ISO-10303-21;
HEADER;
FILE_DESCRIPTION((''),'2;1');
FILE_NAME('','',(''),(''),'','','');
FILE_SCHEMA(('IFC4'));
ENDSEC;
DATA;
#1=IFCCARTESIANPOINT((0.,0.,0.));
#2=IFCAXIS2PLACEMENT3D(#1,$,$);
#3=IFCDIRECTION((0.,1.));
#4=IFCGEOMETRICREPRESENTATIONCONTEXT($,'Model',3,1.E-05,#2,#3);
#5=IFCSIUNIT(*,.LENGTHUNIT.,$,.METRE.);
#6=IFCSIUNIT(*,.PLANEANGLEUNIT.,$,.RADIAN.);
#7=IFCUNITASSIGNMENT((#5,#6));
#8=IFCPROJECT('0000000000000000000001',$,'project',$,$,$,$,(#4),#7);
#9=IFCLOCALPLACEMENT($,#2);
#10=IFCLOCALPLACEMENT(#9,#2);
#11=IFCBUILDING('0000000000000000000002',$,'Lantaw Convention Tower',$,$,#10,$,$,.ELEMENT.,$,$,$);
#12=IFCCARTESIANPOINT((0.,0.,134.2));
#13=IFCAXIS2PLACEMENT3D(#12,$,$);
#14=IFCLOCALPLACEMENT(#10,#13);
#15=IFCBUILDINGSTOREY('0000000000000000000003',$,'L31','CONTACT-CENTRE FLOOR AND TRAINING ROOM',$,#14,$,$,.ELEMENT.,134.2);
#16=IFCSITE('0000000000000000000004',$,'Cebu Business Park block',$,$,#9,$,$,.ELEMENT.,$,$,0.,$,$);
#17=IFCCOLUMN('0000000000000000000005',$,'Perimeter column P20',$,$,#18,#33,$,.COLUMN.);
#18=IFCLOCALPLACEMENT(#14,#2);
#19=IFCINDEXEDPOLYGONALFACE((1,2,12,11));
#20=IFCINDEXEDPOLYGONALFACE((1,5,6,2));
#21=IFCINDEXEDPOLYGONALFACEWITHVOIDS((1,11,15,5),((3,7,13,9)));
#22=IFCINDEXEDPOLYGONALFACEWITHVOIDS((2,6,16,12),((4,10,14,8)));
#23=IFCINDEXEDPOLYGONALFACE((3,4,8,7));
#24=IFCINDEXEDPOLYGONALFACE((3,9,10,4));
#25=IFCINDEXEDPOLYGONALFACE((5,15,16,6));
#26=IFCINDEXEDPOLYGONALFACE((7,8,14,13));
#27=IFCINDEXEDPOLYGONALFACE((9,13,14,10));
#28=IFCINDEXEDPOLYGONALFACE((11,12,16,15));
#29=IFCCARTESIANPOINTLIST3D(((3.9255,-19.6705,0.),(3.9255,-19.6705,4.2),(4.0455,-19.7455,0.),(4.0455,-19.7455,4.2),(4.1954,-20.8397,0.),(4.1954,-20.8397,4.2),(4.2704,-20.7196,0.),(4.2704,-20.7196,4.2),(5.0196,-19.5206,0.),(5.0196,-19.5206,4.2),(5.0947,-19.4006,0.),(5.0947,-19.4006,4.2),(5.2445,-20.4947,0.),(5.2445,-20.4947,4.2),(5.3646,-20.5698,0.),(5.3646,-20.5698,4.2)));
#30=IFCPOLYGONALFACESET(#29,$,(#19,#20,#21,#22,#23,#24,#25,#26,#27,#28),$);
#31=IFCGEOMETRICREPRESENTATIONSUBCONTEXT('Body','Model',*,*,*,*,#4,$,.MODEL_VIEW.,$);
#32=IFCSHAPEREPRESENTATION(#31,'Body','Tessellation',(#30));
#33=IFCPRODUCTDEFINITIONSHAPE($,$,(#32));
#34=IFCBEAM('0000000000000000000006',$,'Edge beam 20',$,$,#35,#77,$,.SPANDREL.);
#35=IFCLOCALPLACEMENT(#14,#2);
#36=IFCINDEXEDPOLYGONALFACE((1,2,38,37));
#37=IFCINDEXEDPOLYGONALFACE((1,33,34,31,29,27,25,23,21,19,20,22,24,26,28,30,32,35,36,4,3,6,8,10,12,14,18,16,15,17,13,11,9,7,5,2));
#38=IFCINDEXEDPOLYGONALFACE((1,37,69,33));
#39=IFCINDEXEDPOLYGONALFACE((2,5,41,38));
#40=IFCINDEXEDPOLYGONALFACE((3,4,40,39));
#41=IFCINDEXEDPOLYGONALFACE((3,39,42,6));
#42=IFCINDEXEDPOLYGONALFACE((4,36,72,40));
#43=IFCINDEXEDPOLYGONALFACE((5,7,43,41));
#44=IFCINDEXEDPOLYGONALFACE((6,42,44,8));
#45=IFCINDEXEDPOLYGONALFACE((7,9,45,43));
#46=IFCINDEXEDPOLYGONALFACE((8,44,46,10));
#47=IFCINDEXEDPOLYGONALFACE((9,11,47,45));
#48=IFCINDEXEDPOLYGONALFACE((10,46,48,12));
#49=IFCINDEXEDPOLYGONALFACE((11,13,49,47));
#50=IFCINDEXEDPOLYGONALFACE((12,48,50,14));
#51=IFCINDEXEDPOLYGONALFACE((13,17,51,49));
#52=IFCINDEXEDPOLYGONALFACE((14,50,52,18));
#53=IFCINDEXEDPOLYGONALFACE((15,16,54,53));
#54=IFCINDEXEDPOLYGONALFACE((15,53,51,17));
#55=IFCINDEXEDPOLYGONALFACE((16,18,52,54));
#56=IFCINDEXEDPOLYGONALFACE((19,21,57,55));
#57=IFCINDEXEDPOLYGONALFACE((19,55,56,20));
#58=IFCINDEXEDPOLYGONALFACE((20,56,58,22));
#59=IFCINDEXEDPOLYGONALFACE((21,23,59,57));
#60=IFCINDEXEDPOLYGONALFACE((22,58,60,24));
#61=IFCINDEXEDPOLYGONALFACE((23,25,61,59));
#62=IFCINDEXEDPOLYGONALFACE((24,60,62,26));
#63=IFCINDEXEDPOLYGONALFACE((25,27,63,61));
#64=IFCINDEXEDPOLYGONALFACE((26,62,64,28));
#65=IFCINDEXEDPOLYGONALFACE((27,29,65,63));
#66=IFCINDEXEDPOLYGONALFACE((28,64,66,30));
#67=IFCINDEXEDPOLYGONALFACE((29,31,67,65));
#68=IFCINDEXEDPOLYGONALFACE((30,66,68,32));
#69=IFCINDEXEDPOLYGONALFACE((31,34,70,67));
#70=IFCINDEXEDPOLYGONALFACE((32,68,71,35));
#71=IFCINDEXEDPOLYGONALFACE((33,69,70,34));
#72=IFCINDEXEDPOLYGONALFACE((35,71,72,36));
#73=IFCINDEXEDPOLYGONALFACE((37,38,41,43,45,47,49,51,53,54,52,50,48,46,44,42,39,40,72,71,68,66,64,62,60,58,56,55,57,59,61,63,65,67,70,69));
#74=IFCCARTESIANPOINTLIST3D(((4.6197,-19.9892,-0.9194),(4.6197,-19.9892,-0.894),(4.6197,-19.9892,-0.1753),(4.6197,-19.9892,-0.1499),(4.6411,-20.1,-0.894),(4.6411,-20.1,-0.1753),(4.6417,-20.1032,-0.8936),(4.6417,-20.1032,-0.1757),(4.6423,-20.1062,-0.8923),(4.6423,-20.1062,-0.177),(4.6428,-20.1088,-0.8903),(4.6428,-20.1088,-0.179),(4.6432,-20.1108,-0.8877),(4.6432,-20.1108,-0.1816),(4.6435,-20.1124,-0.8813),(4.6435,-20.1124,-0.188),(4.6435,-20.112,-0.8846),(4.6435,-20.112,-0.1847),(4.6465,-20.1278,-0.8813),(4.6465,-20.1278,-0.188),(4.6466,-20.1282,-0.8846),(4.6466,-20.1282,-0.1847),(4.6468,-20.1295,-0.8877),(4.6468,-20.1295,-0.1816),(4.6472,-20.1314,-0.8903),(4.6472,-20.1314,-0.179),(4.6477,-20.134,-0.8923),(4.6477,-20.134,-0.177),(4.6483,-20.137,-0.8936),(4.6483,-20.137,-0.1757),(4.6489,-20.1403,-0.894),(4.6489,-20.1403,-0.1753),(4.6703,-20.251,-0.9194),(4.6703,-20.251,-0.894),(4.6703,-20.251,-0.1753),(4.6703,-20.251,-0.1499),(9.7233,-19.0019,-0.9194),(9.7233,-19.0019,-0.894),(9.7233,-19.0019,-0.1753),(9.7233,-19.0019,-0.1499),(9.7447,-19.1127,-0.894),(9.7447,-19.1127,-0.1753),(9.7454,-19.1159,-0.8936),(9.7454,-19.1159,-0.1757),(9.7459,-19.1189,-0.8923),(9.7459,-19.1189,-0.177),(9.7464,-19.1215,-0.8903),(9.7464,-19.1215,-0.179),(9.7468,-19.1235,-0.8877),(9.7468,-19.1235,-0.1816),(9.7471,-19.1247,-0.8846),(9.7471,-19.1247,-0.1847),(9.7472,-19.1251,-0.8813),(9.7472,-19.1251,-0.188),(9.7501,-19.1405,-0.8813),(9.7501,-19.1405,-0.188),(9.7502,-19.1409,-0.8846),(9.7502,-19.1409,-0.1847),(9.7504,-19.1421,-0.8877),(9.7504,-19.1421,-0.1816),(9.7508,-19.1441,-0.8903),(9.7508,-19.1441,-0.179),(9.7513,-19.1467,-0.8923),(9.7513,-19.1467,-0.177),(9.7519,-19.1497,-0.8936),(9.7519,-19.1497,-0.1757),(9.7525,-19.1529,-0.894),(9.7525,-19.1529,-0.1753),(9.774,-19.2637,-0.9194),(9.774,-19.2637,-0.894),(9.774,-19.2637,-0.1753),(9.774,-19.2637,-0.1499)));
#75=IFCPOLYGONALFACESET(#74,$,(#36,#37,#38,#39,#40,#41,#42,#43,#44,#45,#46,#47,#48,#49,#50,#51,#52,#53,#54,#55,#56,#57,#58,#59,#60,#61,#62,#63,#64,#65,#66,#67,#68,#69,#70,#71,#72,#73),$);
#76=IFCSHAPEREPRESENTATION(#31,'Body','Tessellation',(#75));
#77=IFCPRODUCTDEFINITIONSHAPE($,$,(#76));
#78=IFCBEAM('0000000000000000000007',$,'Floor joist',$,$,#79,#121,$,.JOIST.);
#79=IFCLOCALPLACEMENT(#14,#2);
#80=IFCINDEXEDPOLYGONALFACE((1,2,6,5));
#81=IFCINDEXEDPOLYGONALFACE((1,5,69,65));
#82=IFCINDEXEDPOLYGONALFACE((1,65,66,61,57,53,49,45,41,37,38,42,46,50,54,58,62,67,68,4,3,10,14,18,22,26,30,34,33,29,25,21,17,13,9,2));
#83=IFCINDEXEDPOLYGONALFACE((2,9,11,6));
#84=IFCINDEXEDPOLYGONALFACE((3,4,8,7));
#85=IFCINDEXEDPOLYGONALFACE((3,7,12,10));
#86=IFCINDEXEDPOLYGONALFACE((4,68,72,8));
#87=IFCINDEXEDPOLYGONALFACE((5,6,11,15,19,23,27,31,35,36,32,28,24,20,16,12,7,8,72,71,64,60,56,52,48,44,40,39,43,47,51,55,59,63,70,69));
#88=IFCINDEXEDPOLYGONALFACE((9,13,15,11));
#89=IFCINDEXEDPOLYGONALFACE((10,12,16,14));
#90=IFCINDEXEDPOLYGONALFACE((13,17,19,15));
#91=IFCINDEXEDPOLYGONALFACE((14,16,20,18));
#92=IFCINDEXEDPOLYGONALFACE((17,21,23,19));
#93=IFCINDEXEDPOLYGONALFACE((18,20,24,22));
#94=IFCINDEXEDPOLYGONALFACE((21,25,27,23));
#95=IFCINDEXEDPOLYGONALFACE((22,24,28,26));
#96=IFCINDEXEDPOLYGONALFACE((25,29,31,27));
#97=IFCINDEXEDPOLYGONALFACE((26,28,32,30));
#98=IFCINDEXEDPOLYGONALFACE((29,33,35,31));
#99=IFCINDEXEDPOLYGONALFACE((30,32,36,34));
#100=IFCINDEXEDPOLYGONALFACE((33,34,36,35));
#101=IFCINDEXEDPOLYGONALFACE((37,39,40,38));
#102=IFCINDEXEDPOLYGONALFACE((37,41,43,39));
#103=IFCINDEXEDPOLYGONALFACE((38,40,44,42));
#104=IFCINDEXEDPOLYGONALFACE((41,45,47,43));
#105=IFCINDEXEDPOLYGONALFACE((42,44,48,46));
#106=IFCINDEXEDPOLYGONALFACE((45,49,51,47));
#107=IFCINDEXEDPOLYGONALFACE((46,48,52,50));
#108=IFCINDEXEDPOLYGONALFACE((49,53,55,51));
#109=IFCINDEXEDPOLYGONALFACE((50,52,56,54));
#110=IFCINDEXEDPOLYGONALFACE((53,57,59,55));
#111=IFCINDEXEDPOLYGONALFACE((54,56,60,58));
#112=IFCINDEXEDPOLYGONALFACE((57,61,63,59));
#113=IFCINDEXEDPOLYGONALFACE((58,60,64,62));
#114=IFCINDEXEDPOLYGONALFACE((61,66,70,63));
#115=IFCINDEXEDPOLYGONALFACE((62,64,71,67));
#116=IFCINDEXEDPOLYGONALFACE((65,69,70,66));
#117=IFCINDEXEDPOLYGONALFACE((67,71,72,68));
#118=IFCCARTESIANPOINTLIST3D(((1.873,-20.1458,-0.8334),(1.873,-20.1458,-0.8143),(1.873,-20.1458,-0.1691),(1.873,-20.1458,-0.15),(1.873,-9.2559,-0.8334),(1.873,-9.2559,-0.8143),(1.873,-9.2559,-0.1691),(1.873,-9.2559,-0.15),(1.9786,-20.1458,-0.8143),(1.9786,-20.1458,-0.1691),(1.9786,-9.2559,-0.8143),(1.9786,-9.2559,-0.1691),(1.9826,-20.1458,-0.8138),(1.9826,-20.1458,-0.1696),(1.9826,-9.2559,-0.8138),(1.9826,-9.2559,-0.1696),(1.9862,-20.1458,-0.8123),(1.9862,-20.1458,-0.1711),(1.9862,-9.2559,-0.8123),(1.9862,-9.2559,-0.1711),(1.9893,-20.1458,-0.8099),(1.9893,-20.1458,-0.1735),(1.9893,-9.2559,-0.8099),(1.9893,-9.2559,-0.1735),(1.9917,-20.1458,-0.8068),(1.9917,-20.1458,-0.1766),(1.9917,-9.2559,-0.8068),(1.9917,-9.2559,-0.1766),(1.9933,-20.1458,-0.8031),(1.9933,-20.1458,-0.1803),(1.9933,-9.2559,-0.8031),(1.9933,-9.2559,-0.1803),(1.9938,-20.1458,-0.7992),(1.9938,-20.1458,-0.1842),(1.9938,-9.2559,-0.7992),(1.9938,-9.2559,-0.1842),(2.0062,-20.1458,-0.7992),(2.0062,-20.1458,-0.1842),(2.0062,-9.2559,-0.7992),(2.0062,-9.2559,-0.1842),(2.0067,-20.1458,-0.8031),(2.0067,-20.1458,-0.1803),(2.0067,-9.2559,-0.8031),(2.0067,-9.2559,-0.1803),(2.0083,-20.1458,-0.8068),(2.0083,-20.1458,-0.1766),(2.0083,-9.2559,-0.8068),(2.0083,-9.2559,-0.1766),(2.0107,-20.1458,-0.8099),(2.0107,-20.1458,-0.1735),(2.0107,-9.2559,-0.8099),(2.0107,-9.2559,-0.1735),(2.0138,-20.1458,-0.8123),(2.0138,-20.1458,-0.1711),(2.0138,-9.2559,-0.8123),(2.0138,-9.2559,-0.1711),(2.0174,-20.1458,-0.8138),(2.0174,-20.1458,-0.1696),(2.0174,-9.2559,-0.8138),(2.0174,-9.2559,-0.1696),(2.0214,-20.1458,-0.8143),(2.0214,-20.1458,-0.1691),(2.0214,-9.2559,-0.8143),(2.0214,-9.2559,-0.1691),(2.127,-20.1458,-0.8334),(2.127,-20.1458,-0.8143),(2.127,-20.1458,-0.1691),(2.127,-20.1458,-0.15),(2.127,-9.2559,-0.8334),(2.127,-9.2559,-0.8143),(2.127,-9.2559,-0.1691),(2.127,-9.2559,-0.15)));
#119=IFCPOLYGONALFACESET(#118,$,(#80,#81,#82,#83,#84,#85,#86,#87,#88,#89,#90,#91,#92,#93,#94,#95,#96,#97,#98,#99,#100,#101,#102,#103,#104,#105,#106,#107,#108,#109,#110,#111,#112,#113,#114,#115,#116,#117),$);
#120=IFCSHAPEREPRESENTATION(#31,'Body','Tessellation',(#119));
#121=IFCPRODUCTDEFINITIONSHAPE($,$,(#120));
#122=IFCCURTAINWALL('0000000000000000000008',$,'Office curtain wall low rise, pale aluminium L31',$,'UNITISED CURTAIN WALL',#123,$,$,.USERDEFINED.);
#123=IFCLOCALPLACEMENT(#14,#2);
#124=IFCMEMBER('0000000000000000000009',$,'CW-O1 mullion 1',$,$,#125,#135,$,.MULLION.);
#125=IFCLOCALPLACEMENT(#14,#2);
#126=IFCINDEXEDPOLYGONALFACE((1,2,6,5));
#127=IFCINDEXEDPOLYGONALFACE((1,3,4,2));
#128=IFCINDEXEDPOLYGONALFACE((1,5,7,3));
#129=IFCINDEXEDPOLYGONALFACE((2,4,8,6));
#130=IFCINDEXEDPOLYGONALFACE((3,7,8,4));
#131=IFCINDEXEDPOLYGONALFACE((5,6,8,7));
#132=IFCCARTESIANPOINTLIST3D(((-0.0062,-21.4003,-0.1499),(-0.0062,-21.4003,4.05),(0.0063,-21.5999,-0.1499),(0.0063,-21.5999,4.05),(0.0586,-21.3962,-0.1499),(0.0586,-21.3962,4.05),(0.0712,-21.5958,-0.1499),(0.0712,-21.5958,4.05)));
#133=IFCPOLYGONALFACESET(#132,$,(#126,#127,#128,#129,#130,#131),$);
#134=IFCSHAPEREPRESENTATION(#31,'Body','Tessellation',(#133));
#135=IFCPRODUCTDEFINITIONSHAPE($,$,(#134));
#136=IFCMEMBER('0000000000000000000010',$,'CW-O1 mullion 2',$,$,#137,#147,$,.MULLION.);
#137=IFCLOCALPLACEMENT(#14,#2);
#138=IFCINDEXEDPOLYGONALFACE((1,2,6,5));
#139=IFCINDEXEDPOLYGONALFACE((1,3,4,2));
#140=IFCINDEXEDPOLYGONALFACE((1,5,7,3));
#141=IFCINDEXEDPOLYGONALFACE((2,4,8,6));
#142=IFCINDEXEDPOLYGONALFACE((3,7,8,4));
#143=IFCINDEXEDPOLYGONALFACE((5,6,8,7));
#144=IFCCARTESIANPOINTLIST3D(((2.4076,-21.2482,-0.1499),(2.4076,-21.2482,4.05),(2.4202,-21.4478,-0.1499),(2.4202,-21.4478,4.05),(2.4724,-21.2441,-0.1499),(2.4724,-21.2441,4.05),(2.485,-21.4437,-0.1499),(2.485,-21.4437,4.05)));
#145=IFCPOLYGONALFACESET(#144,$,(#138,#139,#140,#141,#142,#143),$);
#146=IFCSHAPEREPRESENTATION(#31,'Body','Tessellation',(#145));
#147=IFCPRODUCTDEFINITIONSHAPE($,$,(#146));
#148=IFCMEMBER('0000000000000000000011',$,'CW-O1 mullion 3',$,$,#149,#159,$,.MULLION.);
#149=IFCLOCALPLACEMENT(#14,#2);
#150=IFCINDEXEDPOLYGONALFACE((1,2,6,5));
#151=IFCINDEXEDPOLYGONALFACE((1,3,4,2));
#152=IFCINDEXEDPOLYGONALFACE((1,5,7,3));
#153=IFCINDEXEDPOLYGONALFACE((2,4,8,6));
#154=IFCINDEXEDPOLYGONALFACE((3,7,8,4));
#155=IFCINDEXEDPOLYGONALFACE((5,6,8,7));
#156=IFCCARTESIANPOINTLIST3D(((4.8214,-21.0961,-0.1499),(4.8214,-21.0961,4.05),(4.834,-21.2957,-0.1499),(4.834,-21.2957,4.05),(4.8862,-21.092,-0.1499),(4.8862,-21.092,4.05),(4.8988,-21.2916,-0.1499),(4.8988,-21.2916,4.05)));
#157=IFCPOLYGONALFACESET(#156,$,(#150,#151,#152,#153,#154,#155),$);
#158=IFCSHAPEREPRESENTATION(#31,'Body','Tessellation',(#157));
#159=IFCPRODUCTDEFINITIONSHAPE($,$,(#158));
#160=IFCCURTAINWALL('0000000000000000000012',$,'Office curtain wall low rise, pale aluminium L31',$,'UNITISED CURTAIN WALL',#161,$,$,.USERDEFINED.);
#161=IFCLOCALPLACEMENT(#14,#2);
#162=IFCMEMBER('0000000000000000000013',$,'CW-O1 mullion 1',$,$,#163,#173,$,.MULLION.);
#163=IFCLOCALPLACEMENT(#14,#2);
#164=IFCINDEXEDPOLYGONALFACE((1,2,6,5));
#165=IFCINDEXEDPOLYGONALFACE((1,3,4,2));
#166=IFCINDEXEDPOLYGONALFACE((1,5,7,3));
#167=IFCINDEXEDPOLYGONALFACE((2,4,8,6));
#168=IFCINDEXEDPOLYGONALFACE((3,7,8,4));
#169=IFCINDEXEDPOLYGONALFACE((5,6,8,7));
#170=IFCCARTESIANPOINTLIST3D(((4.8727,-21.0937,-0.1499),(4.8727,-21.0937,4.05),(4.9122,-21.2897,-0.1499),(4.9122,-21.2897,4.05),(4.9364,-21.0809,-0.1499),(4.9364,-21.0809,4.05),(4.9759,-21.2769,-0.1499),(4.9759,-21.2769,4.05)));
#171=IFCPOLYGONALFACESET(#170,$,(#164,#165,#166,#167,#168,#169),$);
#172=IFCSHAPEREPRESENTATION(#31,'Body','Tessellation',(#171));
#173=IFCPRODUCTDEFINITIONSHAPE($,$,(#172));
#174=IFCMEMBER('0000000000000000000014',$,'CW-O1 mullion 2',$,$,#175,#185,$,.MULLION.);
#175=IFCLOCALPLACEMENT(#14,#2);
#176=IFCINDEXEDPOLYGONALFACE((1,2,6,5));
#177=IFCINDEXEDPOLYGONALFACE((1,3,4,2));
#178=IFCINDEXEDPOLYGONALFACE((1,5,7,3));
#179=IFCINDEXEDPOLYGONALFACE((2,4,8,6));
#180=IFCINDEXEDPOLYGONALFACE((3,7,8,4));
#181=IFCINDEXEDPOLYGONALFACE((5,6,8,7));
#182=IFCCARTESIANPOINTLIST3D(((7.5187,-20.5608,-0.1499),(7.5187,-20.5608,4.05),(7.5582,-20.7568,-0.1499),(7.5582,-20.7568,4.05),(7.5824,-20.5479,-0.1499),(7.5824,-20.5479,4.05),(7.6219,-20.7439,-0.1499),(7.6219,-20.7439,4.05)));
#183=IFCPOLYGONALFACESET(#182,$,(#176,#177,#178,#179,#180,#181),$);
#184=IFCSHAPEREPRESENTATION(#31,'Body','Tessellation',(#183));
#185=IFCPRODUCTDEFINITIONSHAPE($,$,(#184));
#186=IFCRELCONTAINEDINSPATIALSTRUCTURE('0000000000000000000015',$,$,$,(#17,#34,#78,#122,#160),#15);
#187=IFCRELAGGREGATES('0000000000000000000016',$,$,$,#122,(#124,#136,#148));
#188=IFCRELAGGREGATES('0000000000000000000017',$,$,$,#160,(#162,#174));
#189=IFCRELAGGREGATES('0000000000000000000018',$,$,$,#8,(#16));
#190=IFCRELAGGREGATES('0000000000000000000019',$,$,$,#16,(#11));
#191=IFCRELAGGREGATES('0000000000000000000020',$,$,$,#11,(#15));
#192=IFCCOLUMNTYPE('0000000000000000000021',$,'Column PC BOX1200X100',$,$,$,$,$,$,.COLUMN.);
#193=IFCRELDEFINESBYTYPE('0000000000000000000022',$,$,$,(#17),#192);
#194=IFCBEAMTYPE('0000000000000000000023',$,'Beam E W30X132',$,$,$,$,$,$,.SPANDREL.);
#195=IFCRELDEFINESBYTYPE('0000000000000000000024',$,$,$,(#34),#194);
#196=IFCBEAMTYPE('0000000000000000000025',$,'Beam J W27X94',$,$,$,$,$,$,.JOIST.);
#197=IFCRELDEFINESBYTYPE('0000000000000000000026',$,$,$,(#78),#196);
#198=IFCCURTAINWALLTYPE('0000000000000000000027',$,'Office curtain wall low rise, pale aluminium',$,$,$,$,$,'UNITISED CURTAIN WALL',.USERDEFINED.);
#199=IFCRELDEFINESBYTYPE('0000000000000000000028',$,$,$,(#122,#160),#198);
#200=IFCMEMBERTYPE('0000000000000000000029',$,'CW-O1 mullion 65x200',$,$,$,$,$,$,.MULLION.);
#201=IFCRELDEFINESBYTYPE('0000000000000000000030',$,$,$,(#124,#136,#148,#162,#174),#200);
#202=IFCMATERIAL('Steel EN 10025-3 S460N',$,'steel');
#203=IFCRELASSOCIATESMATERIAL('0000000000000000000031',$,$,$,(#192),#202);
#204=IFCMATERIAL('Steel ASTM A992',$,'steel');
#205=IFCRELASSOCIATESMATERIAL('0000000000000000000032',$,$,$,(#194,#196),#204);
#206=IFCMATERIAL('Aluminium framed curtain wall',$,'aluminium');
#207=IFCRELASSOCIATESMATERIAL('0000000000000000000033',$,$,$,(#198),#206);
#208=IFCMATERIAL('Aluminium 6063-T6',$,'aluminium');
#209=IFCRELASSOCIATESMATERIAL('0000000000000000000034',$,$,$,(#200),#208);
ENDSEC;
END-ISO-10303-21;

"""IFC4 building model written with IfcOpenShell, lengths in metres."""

from ifc_helpers import new_model, si_unit, direction, frame, origin, origin_2d, place, context, subcontext, project, spatial, rectangle, hollow_rectangle, i_section, extrude, material, material_profile, profile_set, type_object, element, aggregate, save


model = new_model("IFC4")

# Units and contexts
model_context = context("Model", 3, precision=1e-05, world=origin(), true_north=direction((0.0, 1.0)))
body_context = subcontext(model_context, "Body", "Model", "MODEL_VIEW")
ifc_project = project(units=[si_unit("LENGTHUNIT", "METRE"), si_unit("PLANEANGLEUNIT", "RADIAN")], contexts=[model_context])

# Site, building, storey
site_placement = place(None, origin())
site = spatial("IfcSite", under=ifc_project, at=site_placement, Name="Cebu Business Park block", CompositionType="ELEMENT", RefElevation=0.0)
building_placement = place(site_placement, origin())
building = spatial("IfcBuilding", under=site, at=building_placement, Name="Lantaw Convention Tower", CompositionType="ELEMENT")
storey_placement = place(building_placement, frame((0.0, 0.0, 134.2)))
storey = spatial("IfcBuildingStorey", under=building, at=storey_placement, Name="L31", Description="CONTACT-CENTRE FLOOR AND TRAINING ROOM", CompositionType="ELEMENT", Elevation=134.2)

# Column
ifc_material_1 = material(Name="Steel EN 10025-3 S460N", Category="steel")
ifc_material_profile_1 = material_profile(ifc_material_1, hollow_rectangle(XDim=1.2, YDim=1.2, WallThickness=0.1001, at=origin_2d()), Name="BOX1200X100")
ifc_material_2 = material(Name="Concrete C60/75", Category="concrete")
ifc_material_profile_2 = material_profile(ifc_material_2, rectangle(XDim=1.0, YDim=1.0, at=origin_2d()), Name="Concrete fill of BOX1200X100")
ifc_profile_set_1 = profile_set([ifc_material_profile_1, ifc_material_profile_2], Name="Steel EN 10025-3 S460N")
column_type = type_object("IfcColumnType", Name="Column PC BOX1200X100", PredefinedType="COLUMN", material=ifc_profile_set_1)
column_placement = place(storey_placement, frame((4.645, -20.1201, 0.0), z_axis=(0.0, 0.0, 1.0), x_axis=(0.97437, 0.224951, 0.0)))
element("IfcColumn", 1, at=column_placement, inside=storey, type_object=column_type, Name="Perimeter column P20", PredefinedType="COLUMN", context=body_context, shape_type="SweptSolid", body=[
    extrude(hollow_rectangle(XDim=1.2, YDim=1.2, WallThickness=0.1001, at=origin_2d()), origin(), (0.0, 0.0, 1.0), 4.2),
])

# Beams
ifc_material_3 = material(Name="Steel ASTM A992", Category="steel")
ifc_material_profile_3 = material_profile(ifc_material_3, i_section(OverallWidth=0.2666, OverallDepth=0.7695, WebThickness=0.0156, FlangeThickness=0.0254, FilletRadius=0.0127, at=origin_2d()), Name="W30X132")
ifc_profile_set_2 = profile_set([ifc_material_profile_3], Name="Steel ASTM A992")
beam_type_1 = type_object("IfcBeamType", Name="Beam E W30X132", PredefinedType="SPANDREL", material=ifc_profile_set_2)
beam_1_placement = place(storey_placement, frame((4.645, -20.1201, -0.5347), z_axis=(0.981797, 0.189934, 0.0), x_axis=(-0.189934, 0.981797, 0.0)))
element("IfcBeam", 2, at=beam_1_placement, inside=storey, type_object=beam_type_1, Name="Edge beam 20", PredefinedType="SPANDREL", context=body_context, shape_type="SweptSolid", body=[
    extrude(i_section(OverallWidth=0.2666, OverallDepth=0.7695, WebThickness=0.0156, FlangeThickness=0.0254, FilletRadius=0.0127, at=origin_2d()), origin(), (0.0, 0.0, 1.0), 5.1982),
])
ifc_material_profile_4 = material_profile(ifc_material_3, i_section(OverallWidth=0.2539, OverallDepth=0.6833, WebThickness=0.0125, FlangeThickness=0.019, FilletRadius=0.0151, at=origin_2d()), Name="W27X94")
ifc_profile_set_3 = profile_set([ifc_material_profile_4], Name="Steel ASTM A992")
beam_type_2 = type_object("IfcBeamType", Name="Beam J W27X94", PredefinedType="JOIST", material=ifc_profile_set_3)
beam_2_placement = place(storey_placement, frame((2.0, -20.1458, -0.4917), z_axis=(0.0, 1.0, 0.0), x_axis=(-1.0, 0.0, 0.0)))
element("IfcBeam", 3, at=beam_2_placement, inside=storey, type_object=beam_type_2, Name="Floor joist", PredefinedType="JOIST", context=body_context, shape_type="SweptSolid", body=[
    extrude(i_section(OverallWidth=0.2539, OverallDepth=0.6833, WebThickness=0.0125, FlangeThickness=0.019, FilletRadius=0.0151, at=origin_2d()), origin(), (0.0, 0.0, 1.0), 10.8899),
])

# Curtain walls, members
ifc_material_4 = material(Name="Aluminium framed curtain wall", Category="aluminium")
curtain_wall_type = type_object("IfcCurtainWallType", Name="Office curtain wall low rise, pale aluminium", ElementType="UNITISED CURTAIN WALL", PredefinedType="USERDEFINED", material=ifc_material_4)
curtain_wall_1_placement = place(storey_placement, origin())
curtain_wall_1 = element("IfcCurtainWall", 4, at=curtain_wall_1_placement, inside=storey, type_object=curtain_wall_type, Name="Office curtain wall low rise, pale aluminium L31", ObjectType="UNITISED CURTAIN WALL", PredefinedType="USERDEFINED")
ifc_material_5 = material(Name="Aluminium 6063-T6", Category="aluminium")
ifc_material_profile_5 = material_profile(ifc_material_5, rectangle(XDim=0.2, YDim=0.0649, at=origin_2d()), Name="CW-O1 mullion 65x200")
ifc_profile_set_4 = profile_set([ifc_material_profile_5], Name="Aluminium 6063-T6")
member_type_1 = type_object("IfcMemberType", Name="CW-O1 mullion 65x200", PredefinedType="MULLION", material=ifc_profile_set_4)
member_1_placement = place(storey_placement, frame((0.0325, -21.498, -0.1499), z_axis=(0.0, 0.0, 1.0), x_axis=(-0.062865, 0.998022, 0.0)))
member_1 = element("IfcMember", 5, at=member_1_placement, type_object=member_type_1, Name="CW-O1 mullion 1", PredefinedType="MULLION", context=body_context, shape_type="SweptSolid", body=[
    extrude(rectangle(XDim=0.2, YDim=0.0649, at=origin_2d()), origin(), (0.0, 0.0, 1.0), 4.2),
])
member_2_placement = place(storey_placement, frame((2.4463, -21.3459, -0.1499), z_axis=(0.0, 0.0, 1.0), x_axis=(-0.062865, 0.998022, 0.0)))
member_2 = element("IfcMember", 6, at=member_2_placement, type_object=member_type_1, Name="CW-O1 mullion 2", PredefinedType="MULLION", context=body_context, shape_type="SweptSolid", body=[
    extrude(rectangle(XDim=0.2, YDim=0.0649, at=origin_2d()), origin(), (0.0, 0.0, 1.0), 4.2),
])
member_3_placement = place(storey_placement, frame((4.8601, -21.1938, -0.1499), z_axis=(0.0, 0.0, 1.0), x_axis=(-0.062865, 0.998022, 0.0)))
member_3 = element("IfcMember", 7, at=member_3_placement, type_object=member_type_1, Name="CW-O1 mullion 3", PredefinedType="MULLION", context=body_context, shape_type="SweptSolid", body=[
    extrude(rectangle(XDim=0.2, YDim=0.0649, at=origin_2d()), origin(), (0.0, 0.0, 1.0), 4.2),
])
curtain_wall_2_placement = place(storey_placement, origin())
curtain_wall_2 = element("IfcCurtainWall", 8, at=curtain_wall_2_placement, inside=storey, type_object=curtain_wall_type, Name="Office curtain wall low rise, pale aluminium L31", ObjectType="UNITISED CURTAIN WALL", PredefinedType="USERDEFINED")
member_4_placement = place(storey_placement, frame((4.9243, -21.1853, -0.1499), z_axis=(0.0, 0.0, 1.0), x_axis=(-0.197507, 0.980302, 0.0)))
member_4 = element("IfcMember", 9, at=member_4_placement, type_object=member_type_1, Name="CW-O1 mullion 1", PredefinedType="MULLION", context=body_context, shape_type="SweptSolid", body=[
    extrude(rectangle(XDim=0.2, YDim=0.0649, at=origin_2d()), origin(), (0.0, 0.0, 1.0), 4.2),
])
member_5_placement = place(storey_placement, frame((7.5703, -20.6523, -0.1499), z_axis=(0.0, 0.0, 1.0), x_axis=(-0.197507, 0.980302, 0.0)))
member_5 = element("IfcMember", 10, at=member_5_placement, type_object=member_type_1, Name="CW-O1 mullion 2", PredefinedType="MULLION", context=body_context, shape_type="SweptSolid", body=[
    extrude(rectangle(XDim=0.2, YDim=0.0649, at=origin_2d()), origin(), (0.0, 0.0, 1.0), 4.2),
])

aggregate(curtain_wall_1, [member_1, member_2, member_3])
aggregate(curtain_wall_2, [member_4, member_5])

save(model, "model.ifc")
